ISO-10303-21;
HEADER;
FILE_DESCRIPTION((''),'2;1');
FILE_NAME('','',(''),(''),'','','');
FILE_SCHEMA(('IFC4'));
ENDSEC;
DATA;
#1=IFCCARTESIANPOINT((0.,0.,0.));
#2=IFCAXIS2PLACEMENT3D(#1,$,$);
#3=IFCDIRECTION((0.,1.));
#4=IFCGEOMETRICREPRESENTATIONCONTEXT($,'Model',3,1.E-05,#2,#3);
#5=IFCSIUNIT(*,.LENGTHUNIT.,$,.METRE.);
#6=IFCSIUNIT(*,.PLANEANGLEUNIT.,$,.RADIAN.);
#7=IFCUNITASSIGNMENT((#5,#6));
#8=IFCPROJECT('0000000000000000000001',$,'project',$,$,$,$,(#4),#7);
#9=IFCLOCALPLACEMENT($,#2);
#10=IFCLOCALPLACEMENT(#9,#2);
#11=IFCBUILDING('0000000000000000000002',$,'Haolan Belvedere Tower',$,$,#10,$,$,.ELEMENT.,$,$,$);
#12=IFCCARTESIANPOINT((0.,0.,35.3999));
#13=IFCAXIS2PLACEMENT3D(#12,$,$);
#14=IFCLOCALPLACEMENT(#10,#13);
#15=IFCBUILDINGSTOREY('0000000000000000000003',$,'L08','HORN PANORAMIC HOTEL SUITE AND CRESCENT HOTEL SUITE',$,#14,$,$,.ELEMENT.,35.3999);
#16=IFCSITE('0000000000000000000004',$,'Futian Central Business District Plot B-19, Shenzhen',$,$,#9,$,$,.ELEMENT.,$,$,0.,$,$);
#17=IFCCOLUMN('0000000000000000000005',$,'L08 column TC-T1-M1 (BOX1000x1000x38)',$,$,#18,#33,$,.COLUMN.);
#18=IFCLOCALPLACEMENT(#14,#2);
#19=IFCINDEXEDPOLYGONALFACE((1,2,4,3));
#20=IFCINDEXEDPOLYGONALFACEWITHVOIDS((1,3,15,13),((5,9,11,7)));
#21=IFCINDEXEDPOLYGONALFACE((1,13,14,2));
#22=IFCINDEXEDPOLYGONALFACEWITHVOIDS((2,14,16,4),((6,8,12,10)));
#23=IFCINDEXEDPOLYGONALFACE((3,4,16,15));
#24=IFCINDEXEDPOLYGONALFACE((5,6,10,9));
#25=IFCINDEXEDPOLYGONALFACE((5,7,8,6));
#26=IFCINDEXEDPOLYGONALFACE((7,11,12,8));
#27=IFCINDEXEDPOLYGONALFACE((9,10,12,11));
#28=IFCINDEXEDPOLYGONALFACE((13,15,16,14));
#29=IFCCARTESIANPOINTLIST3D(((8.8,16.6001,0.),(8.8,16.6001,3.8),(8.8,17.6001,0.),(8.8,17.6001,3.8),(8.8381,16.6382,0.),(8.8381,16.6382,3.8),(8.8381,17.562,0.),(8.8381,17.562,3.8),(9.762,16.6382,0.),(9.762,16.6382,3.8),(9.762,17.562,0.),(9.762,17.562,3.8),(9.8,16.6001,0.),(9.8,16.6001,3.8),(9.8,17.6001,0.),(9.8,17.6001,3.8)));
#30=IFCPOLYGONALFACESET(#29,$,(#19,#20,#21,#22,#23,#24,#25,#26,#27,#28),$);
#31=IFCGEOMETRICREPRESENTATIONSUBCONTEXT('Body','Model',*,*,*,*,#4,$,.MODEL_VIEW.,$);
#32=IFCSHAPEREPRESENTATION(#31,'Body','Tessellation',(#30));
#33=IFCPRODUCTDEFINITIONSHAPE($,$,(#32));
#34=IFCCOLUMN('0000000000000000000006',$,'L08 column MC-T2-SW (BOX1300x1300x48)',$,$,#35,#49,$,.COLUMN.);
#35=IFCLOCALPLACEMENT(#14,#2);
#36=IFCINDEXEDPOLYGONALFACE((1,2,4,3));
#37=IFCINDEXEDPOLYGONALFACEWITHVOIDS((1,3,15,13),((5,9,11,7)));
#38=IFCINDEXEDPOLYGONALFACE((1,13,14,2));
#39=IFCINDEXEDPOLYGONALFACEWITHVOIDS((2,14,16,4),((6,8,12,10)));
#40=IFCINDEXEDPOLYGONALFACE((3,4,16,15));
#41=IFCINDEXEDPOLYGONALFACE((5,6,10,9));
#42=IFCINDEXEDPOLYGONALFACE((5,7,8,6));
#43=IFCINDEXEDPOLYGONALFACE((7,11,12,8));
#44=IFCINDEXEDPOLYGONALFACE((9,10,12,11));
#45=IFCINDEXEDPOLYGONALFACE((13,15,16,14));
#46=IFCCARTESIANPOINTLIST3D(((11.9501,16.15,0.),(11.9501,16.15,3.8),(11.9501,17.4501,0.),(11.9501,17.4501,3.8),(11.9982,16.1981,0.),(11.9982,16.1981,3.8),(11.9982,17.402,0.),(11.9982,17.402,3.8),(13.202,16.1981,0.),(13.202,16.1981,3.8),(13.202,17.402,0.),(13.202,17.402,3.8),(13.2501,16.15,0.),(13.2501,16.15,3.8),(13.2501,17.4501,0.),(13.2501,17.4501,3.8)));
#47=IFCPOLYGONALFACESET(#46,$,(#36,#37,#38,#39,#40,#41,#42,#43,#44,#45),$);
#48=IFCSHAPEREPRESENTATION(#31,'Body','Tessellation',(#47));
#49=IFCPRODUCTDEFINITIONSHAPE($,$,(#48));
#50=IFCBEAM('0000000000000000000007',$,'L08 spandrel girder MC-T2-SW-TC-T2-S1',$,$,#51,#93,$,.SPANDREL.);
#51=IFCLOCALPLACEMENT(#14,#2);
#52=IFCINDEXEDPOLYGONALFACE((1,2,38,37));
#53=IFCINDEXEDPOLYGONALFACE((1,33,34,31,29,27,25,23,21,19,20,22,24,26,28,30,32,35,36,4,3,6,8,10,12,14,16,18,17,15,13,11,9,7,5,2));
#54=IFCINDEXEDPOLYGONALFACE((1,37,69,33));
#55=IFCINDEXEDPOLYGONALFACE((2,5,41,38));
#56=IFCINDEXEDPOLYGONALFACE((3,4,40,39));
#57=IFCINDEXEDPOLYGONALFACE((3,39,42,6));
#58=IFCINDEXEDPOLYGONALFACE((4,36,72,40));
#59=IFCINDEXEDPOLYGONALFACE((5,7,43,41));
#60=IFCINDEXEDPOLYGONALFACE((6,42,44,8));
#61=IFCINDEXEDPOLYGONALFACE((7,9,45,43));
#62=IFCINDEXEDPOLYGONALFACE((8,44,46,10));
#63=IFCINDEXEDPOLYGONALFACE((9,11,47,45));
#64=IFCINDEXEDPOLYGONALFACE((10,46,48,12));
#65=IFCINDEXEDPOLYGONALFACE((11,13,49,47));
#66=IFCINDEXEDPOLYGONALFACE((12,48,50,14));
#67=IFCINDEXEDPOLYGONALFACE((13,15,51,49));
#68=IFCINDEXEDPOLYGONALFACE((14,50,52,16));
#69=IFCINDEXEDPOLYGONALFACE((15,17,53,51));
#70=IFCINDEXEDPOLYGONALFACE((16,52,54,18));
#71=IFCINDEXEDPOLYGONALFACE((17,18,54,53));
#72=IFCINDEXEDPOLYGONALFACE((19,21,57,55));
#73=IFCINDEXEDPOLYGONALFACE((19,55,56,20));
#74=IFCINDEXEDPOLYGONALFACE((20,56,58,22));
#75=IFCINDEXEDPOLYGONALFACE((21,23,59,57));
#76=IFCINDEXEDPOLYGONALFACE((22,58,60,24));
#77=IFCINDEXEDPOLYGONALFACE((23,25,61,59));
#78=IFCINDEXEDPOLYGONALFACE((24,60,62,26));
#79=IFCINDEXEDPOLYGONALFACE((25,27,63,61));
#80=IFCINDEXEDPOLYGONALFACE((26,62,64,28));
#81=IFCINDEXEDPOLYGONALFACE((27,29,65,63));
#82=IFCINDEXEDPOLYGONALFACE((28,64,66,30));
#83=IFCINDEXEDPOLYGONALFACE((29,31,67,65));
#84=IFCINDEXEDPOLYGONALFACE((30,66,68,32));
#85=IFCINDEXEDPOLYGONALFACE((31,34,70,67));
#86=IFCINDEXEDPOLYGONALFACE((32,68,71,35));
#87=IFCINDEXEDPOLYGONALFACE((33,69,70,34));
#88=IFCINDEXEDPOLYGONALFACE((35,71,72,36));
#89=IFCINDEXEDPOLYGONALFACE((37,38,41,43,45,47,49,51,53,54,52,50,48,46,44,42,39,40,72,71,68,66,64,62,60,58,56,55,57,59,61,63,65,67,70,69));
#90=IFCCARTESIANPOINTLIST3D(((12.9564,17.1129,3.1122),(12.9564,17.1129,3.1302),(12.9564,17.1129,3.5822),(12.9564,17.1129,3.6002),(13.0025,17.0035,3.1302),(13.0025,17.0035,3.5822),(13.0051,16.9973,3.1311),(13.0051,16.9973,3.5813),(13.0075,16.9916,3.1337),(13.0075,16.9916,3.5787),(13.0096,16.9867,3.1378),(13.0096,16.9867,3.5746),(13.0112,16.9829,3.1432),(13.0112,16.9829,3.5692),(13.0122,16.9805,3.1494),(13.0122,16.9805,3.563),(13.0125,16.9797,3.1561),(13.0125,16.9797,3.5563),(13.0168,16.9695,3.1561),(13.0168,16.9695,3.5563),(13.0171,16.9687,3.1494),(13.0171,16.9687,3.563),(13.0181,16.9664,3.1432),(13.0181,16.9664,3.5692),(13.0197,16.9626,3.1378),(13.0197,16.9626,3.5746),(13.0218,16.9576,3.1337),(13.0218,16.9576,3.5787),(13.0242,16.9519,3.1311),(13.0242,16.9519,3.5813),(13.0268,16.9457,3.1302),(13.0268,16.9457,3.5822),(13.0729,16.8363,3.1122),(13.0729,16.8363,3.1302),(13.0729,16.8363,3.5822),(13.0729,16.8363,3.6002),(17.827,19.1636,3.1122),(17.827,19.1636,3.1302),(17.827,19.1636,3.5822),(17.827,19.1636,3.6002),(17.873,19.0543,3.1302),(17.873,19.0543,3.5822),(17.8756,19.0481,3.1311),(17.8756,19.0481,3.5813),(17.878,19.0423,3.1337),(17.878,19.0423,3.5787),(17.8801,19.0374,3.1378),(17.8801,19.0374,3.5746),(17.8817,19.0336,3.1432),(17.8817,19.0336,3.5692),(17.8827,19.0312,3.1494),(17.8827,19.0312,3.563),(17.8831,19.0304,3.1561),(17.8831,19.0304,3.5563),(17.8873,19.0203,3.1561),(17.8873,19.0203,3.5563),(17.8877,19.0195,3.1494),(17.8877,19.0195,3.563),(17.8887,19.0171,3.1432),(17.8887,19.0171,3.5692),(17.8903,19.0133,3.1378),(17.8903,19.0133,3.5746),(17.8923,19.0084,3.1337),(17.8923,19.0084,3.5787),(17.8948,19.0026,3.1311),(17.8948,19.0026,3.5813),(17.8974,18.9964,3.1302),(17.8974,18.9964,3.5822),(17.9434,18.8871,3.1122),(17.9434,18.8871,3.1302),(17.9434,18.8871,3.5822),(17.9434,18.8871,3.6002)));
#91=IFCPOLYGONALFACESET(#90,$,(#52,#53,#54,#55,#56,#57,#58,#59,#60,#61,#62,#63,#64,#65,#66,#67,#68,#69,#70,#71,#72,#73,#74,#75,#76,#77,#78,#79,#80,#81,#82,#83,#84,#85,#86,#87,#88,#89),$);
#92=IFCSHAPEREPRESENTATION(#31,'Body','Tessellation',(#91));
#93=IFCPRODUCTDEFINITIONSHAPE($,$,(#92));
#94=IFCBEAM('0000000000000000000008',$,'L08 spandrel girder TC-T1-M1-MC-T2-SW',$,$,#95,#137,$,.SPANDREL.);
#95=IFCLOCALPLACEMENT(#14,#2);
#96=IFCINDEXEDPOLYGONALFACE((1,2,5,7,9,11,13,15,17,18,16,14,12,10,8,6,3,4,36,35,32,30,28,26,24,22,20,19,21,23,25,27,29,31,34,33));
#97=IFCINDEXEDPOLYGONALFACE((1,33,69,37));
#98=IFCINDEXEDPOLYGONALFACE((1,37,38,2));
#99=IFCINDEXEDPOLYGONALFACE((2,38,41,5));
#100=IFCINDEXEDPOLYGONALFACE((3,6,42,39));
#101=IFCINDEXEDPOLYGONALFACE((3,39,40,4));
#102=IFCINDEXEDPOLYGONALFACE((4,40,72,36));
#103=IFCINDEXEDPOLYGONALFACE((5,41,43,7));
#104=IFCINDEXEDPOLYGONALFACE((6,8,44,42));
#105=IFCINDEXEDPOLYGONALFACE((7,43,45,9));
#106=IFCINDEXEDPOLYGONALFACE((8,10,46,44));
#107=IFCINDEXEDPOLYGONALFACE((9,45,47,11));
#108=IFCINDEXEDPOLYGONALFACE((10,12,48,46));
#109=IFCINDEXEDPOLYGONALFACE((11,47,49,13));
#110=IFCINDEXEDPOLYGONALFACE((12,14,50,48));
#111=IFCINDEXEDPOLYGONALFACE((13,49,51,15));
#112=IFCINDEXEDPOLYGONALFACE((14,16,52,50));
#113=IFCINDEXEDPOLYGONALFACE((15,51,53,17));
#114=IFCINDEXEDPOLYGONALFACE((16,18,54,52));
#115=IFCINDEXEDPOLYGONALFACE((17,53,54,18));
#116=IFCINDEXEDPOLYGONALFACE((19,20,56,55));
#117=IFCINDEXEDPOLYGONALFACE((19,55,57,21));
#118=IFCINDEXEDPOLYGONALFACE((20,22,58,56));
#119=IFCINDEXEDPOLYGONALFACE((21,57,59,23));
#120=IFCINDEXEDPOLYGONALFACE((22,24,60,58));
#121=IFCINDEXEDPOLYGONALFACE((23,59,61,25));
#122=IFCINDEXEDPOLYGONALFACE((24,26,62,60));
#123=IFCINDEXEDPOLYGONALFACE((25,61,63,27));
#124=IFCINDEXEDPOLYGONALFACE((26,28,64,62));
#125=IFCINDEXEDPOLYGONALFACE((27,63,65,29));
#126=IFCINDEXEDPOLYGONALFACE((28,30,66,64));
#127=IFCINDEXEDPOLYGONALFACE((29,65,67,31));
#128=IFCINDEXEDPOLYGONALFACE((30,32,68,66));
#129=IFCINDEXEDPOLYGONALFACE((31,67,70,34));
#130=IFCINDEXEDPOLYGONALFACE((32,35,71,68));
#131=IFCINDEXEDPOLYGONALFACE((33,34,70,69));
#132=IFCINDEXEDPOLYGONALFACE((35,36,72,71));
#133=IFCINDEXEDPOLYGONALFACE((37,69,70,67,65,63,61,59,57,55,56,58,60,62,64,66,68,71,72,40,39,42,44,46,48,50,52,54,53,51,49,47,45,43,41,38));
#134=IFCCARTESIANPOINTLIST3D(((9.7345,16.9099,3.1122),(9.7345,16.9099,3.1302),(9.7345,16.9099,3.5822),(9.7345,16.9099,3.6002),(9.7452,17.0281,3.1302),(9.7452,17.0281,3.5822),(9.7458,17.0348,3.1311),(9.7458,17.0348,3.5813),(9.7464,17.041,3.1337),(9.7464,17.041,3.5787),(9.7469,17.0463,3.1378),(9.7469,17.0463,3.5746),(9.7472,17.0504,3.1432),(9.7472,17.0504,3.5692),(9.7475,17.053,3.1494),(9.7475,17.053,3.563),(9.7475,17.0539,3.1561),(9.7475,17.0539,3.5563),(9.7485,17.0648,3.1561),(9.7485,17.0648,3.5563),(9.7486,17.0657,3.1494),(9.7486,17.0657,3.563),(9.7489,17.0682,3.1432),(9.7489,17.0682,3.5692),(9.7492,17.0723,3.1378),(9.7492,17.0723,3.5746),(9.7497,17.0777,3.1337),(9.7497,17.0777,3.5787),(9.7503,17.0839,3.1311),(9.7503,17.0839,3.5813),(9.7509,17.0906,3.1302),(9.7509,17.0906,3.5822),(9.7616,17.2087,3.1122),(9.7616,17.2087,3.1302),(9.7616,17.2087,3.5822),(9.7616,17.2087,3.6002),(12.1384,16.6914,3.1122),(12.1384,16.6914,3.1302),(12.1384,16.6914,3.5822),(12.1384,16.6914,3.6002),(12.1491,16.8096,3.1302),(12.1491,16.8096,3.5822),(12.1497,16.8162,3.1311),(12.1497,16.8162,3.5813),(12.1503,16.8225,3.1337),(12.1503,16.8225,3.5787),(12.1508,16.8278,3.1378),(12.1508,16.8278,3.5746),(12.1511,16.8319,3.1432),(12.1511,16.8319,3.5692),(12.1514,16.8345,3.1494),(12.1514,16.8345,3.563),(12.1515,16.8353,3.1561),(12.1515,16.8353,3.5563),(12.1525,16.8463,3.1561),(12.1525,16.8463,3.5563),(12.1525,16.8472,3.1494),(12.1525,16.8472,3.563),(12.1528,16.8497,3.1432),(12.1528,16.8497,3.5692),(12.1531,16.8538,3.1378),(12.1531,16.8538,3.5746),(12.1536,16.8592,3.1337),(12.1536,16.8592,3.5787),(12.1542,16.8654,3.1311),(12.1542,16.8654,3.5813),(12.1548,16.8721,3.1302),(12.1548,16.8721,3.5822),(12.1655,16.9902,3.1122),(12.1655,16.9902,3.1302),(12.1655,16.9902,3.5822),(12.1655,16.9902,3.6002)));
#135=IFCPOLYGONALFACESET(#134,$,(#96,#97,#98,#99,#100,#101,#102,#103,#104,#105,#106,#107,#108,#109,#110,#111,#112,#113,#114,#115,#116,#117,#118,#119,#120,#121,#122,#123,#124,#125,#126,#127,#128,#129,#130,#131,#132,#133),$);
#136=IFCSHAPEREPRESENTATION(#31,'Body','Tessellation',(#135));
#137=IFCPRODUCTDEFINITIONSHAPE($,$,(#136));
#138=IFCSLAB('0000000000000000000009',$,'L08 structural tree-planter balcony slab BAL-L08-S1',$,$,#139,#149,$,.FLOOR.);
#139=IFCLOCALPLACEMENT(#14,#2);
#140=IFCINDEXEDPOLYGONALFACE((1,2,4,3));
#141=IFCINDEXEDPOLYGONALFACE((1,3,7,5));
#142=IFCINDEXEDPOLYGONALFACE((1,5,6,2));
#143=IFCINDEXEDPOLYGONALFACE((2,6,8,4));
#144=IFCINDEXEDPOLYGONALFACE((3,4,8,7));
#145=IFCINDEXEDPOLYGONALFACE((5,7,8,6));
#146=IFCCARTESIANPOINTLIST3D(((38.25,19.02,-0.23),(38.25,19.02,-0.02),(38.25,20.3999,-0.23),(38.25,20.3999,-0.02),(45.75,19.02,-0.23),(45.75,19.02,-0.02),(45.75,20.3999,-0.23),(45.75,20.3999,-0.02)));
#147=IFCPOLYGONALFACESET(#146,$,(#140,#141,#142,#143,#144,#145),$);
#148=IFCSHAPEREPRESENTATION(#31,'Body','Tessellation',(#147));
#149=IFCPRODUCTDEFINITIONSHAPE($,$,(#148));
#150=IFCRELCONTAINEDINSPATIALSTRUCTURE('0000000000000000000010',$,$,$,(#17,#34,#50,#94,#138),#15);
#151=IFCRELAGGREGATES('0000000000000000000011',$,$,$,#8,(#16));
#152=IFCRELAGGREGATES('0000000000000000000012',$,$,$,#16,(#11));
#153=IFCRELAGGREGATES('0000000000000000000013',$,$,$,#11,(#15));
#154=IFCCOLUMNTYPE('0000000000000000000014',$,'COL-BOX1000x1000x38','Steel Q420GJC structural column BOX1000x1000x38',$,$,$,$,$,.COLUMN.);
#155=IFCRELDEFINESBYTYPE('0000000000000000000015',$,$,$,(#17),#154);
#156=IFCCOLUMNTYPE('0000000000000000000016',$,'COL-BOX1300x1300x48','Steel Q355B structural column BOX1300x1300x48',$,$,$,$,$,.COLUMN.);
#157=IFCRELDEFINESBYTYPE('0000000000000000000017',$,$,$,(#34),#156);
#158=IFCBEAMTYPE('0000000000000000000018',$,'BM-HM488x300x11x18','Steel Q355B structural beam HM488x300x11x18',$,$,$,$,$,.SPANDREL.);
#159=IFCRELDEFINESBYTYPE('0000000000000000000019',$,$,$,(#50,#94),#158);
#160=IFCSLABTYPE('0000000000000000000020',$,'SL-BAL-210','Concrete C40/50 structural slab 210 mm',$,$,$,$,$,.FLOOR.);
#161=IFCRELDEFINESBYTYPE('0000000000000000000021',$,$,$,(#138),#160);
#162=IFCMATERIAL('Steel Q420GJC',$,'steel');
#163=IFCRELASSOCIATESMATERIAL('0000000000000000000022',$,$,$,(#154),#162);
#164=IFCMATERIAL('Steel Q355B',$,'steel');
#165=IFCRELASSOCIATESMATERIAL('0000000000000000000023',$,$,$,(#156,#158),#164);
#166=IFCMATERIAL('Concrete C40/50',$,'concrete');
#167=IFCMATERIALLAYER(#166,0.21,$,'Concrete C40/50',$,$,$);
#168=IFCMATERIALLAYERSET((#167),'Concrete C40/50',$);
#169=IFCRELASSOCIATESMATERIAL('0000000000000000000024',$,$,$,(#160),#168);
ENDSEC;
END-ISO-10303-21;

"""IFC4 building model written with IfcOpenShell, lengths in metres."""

from ifc_helpers import new_model, si_unit, direction, frame, origin, origin_2d, place, context, subcontext, project, spatial, polyline, hollow_rectangle, i_section, outline, extrude, material, layer, layer_set, material_profile, profile_set, type_object, element, save


model = new_model("IFC4")

# Units and contexts
model_context = context("Model", 3, precision=1e-05, world=origin(), true_north=direction((0.0, 1.0)))
body_context = subcontext(model_context, "Body", "Model", "MODEL_VIEW")
ifc_project = project(units=[si_unit("LENGTHUNIT", "METRE"), si_unit("PLANEANGLEUNIT", "RADIAN")], contexts=[model_context])

# Site, building, storey
site_placement = place(None, origin())
site = spatial("IfcSite", under=ifc_project, at=site_placement, Name="Futian Central Business District Plot B-19, Shenzhen", CompositionType="ELEMENT", RefElevation=0.0)
building_placement = place(site_placement, origin())
building = spatial("IfcBuilding", under=site, at=building_placement, Name="Haolan Belvedere Tower", CompositionType="ELEMENT")
storey_placement = place(building_placement, frame((0.0, 0.0, 35.3999)))
storey = spatial("IfcBuildingStorey", under=building, at=storey_placement, Name="L08", Description="HORN PANORAMIC HOTEL SUITE AND CRESCENT HOTEL SUITE", CompositionType="ELEMENT", Elevation=35.3999)

# Columns
ifc_material_1 = material(Name="Steel Q420GJC", Category="steel")
ifc_material_profile_1 = material_profile(ifc_material_1, hollow_rectangle(XDim=1.0, YDim=1.0, WallThickness=0.0381, at=origin_2d()), Name="Steel Q420GJC")
ifc_profile_set_1 = profile_set([ifc_material_profile_1], Name="Steel Q420GJC")
column_type_1 = type_object("IfcColumnType", Name="COL-BOX1000x1000x38", Description="Steel Q420GJC structural column BOX1000x1000x38", PredefinedType="COLUMN", material=ifc_profile_set_1)
column_1_placement = place(storey_placement, frame((9.3, 17.1001, 0.0), z_axis=(0.0, 0.0, 1.0), x_axis=(1.0, 0.0, 0.0)))
element("IfcColumn", 1, at=column_1_placement, inside=storey, type_object=column_type_1, Name="L08 column TC-T1-M1 (BOX1000x1000x38)", PredefinedType="COLUMN", context=body_context, shape_type="SweptSolid", body=[
    extrude(hollow_rectangle(XDim=1.0, YDim=1.0, WallThickness=0.0381, at=origin_2d()), origin(), (0.0, 0.0, 1.0), 3.8),
])
ifc_material_2 = material(Name="Steel Q355B", Category="steel")
ifc_material_profile_2 = material_profile(ifc_material_2, hollow_rectangle(XDim=1.3, YDim=1.3, WallThickness=0.0481, at=origin_2d()), Name="Steel Q355B")
ifc_profile_set_2 = profile_set([ifc_material_profile_2], Name="Steel Q355B")
column_type_2 = type_object("IfcColumnType", Name="COL-BOX1300x1300x48", Description="Steel Q355B structural column BOX1300x1300x48", PredefinedType="COLUMN", material=ifc_profile_set_2)
column_2_placement = place(storey_placement, frame((12.6001, 16.8, 0.0), z_axis=(0.0, 0.0, 1.0), x_axis=(1.0, 0.0, 0.0)))
element("IfcColumn", 2, at=column_2_placement, inside=storey, type_object=column_type_2, Name="L08 column MC-T2-SW (BOX1300x1300x48)", PredefinedType="COLUMN", context=body_context, shape_type="SweptSolid", body=[
    extrude(hollow_rectangle(XDim=1.3, YDim=1.3, WallThickness=0.0481, at=origin_2d()), origin(), (0.0, 0.0, 1.0), 3.8),
])

# Beams
ifc_material_profile_3 = material_profile(ifc_material_2, i_section(OverallWidth=0.3, OverallDepth=0.488, WebThickness=0.011, FlangeThickness=0.0181, FilletRadius=0.0259, at=origin_2d()), Name="Steel Q355B")
ifc_profile_set_3 = profile_set([ifc_material_profile_3], Name="Steel Q355B")
beam_type = type_object("IfcBeamType", Name="BM-HM488x300x11x18", Description="Steel Q355B structural beam HM488x300x11x18", PredefinedType="SPANDREL", material=ifc_profile_set_3)
beam_1_placement = place(storey_placement, frame((13.0146, 16.9746, 3.3562), z_axis=(0.921635, 0.388057, 0.0), x_axis=(-0.388057, 0.921635, 0.0)))
element("IfcBeam", 3, at=beam_1_placement, inside=storey, type_object=beam_type, Name="L08 spandrel girder MC-T2-SW-TC-T2-S1", PredefinedType="SPANDREL", context=body_context, shape_type="SweptSolid", body=[
    extrude(i_section(OverallWidth=0.3, OverallDepth=0.488, WebThickness=0.011, FlangeThickness=0.0181, FilletRadius=0.0259, at=origin_2d()), origin(), (0.0, 0.0, 1.0), 5.2847),
])
beam_2_placement = place(storey_placement, frame((9.748, 17.0593, 3.3562), z_axis=(0.995894, -0.090527, 0.0), x_axis=(0.090527, 0.995894, 0.0)))
element("IfcBeam", 4, at=beam_2_placement, inside=storey, type_object=beam_type, Name="L08 spandrel girder TC-T1-M1-MC-T2-SW", PredefinedType="SPANDREL", context=body_context, shape_type="SweptSolid", body=[
    extrude(i_section(OverallWidth=0.3, OverallDepth=0.488, WebThickness=0.011, FlangeThickness=0.0181, FilletRadius=0.0259, at=origin_2d()), origin(), (0.0, 0.0, 1.0), 2.4138),
])

# Slab
ifc_material_3 = material(Name="Concrete C40/50", Category="concrete")
ifc_layer_1 = layer(ifc_material_3, 0.21, Name="Concrete C40/50")
ifc_layer_set_1 = layer_set([ifc_layer_1], Name="Concrete C40/50")
slab_type_1 = type_object("IfcSlabType", Name="SL-BAL-210", Description="Concrete C40/50 structural slab 210 mm", PredefinedType="FLOOR", material=ifc_layer_set_1)
slab_1_placement = place(storey_placement, frame((0.0, 0.0, -0.23)))
element("IfcSlab", 5, at=slab_1_placement, inside=storey, type_object=slab_type_1, Name="L08 structural tree-planter balcony slab BAL-L08-S1", PredefinedType="FLOOR", context=body_context, shape_type="SweptSolid", body=[
    extrude(outline(polyline([(38.25, 19.02), (45.75, 19.02), (45.75, 20.3999), (38.25, 20.3999), (38.25, 19.02)])), origin(), (0.0, 0.0, 1.0), 0.21),
])

save(model, "model.ifc")
